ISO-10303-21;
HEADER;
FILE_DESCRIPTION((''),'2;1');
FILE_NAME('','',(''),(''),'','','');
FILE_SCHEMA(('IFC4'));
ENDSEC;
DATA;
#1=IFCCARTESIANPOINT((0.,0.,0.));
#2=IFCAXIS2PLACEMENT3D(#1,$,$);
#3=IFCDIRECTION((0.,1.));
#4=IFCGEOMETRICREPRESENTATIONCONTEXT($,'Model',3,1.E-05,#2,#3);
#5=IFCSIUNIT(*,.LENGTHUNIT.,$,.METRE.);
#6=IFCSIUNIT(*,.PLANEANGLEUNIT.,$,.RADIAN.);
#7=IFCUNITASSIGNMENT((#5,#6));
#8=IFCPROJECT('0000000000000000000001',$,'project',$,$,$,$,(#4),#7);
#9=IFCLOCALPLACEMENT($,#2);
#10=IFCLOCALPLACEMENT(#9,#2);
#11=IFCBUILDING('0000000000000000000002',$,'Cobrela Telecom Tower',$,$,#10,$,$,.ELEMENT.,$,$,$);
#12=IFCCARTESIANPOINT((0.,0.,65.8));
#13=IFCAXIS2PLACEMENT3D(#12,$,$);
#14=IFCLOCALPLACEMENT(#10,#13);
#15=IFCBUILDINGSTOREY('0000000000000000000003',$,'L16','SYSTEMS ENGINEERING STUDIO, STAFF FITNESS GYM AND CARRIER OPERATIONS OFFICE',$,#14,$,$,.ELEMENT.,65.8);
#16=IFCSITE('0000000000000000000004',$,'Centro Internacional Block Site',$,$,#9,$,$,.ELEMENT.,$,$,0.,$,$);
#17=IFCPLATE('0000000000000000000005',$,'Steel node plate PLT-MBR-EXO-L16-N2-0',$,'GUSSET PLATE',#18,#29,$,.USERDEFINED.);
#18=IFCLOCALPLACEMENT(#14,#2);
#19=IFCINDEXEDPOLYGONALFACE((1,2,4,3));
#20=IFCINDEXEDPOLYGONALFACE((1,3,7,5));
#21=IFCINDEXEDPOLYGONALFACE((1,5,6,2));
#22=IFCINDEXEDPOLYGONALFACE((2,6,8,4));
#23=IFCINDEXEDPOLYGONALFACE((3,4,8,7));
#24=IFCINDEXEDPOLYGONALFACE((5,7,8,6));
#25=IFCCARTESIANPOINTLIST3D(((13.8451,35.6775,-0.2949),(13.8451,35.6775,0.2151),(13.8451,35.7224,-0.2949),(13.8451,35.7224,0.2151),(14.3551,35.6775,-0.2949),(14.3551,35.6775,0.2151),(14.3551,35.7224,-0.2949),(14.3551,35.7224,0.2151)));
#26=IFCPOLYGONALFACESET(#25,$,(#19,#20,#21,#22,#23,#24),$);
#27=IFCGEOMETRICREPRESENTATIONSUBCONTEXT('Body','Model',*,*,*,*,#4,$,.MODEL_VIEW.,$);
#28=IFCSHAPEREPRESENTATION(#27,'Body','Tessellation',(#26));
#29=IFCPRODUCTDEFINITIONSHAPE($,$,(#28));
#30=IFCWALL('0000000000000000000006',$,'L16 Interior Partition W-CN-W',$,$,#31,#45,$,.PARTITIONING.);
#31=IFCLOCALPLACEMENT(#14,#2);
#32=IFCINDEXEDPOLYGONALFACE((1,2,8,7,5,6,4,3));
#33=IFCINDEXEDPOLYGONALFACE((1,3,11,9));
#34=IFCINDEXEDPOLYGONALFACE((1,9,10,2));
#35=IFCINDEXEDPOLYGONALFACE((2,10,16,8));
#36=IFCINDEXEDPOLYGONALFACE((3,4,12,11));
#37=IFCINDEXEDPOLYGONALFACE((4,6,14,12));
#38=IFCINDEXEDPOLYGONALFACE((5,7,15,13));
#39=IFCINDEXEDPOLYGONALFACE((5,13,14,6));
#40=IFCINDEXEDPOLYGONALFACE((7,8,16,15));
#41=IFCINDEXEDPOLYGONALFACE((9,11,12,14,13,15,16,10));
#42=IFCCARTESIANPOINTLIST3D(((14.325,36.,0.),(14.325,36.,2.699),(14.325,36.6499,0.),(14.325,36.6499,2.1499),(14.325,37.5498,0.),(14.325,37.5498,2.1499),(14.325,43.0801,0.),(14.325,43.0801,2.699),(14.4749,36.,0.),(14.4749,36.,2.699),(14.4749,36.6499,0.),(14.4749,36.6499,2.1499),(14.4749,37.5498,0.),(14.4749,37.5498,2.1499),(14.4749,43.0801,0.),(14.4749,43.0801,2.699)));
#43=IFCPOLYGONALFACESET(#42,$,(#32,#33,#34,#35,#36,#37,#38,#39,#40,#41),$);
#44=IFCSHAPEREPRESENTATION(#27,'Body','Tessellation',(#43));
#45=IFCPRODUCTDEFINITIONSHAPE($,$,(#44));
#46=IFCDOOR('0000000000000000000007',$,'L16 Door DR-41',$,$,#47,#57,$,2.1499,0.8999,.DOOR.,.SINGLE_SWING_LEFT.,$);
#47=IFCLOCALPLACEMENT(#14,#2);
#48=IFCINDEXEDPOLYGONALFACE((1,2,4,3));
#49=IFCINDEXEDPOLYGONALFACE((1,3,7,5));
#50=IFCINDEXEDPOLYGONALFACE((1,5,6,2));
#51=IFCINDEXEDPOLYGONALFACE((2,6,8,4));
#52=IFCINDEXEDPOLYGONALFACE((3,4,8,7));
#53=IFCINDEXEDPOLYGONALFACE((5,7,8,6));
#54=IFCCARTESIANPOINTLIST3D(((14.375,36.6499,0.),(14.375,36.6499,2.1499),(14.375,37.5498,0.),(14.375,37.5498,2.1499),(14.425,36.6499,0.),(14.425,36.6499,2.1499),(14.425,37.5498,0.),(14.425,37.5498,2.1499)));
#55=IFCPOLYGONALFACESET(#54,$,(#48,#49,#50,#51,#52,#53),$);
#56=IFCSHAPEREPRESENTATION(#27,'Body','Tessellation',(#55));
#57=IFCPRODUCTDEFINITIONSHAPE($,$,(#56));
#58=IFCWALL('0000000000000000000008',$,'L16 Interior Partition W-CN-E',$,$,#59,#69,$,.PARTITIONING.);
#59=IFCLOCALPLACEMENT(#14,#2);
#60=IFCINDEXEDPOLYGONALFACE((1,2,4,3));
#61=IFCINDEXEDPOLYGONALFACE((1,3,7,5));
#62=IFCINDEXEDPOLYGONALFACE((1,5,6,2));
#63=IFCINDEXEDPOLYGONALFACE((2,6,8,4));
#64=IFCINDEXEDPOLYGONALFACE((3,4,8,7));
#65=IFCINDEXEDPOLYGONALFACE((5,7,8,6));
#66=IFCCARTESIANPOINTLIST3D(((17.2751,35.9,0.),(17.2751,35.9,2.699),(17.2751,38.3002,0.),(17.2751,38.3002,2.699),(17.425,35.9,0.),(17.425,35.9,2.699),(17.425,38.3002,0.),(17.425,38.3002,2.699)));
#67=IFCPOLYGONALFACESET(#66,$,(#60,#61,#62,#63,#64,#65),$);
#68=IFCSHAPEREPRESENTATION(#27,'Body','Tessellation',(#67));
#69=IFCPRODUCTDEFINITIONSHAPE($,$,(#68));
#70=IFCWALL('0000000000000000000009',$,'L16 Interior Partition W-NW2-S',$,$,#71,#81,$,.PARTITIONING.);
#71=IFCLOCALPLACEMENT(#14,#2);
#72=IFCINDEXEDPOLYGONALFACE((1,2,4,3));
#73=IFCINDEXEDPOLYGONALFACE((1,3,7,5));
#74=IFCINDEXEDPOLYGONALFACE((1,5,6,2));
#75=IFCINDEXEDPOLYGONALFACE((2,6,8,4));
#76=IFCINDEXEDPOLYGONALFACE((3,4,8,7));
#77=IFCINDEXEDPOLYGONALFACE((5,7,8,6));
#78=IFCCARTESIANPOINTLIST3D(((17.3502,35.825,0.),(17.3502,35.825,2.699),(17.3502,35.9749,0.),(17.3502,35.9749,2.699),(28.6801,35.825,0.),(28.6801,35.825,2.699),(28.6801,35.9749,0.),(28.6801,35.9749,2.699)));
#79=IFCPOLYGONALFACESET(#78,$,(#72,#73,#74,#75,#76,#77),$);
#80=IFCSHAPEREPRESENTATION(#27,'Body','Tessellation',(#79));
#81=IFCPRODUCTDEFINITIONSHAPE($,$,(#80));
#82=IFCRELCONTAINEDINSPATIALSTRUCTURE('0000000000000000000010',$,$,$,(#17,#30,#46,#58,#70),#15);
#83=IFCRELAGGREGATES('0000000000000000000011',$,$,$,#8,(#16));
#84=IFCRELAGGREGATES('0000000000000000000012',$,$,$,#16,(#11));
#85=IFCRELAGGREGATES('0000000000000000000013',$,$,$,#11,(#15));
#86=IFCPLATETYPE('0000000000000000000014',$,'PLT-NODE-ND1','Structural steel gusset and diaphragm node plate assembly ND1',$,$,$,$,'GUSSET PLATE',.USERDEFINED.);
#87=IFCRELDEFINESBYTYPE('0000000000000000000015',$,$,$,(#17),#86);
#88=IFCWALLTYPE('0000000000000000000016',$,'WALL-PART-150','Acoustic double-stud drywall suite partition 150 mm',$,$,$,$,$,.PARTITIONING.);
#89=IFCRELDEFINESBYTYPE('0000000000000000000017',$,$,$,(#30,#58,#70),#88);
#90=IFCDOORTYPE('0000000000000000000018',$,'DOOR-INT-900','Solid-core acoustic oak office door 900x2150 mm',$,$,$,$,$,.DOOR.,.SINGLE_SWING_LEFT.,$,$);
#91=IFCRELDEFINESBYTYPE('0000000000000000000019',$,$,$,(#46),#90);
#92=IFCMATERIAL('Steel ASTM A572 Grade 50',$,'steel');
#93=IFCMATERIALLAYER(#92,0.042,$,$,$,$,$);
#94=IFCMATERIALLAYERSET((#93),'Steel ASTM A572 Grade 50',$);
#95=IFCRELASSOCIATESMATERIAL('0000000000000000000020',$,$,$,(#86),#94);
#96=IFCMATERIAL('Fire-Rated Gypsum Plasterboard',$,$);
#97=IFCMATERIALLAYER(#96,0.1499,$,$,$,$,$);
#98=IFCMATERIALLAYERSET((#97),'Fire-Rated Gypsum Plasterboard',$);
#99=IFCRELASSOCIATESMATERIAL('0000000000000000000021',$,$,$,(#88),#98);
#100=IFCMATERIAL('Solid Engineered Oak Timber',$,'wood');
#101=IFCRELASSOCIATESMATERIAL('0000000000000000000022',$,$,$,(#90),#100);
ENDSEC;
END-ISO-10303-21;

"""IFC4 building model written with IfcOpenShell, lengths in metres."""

from ifc_helpers import new_model, si_unit, direction, frame, frame_2d, origin, origin_2d, place, context, subcontext, project, spatial, rectangle, extrude, material, layer, layer_set, type_object, element, fill, save


model = new_model("IFC4")

# Units and contexts
model_context = context("Model", 3, precision=1e-05, world=origin(), true_north=direction((0.0, 1.0)))
body_context = subcontext(model_context, "Body", "Model", "MODEL_VIEW")
ifc_project = project(units=[si_unit("LENGTHUNIT", "METRE"), si_unit("PLANEANGLEUNIT", "RADIAN")], contexts=[model_context])

# Site, building, storey
site_placement = place(None, origin())
site = spatial("IfcSite", under=ifc_project, at=site_placement, Name="Centro Internacional Block Site", CompositionType="ELEMENT", RefElevation=0.0)
building_placement = place(site_placement, origin())
building = spatial("IfcBuilding", under=site, at=building_placement, Name="Cobrela Telecom Tower", CompositionType="ELEMENT")
storey_placement = place(building_placement, frame((0.0, 0.0, 65.8)))
storey = spatial("IfcBuildingStorey", under=building, at=storey_placement, Name="L16", Description="SYSTEMS ENGINEERING STUDIO, STAFF FITNESS GYM AND CARRIER OPERATIONS OFFICE", CompositionType="ELEMENT", Elevation=65.8)

# Shared definitions
ifc_material_1 = material(Name="Steel ASTM A572 Grade 50", Category="steel")

# Plate
ifc_layer_1 = layer(ifc_material_1, 0.042)
ifc_layer_set_1 = layer_set([ifc_layer_1], Name="Steel ASTM A572 Grade 50")
plate_type_1 = type_object("IfcPlateType", Name="PLT-NODE-ND1", Description="Structural steel gusset and diaphragm node plate assembly ND1", ElementType="GUSSET PLATE", PredefinedType="USERDEFINED", material=ifc_layer_set_1)
plate_1_placement = place(storey_placement, frame((14.1001, 35.7, -0.2949), z_axis=(0.0, 0.0, 1.0), x_axis=(-1.0, 0.0, 0.0)))
element("IfcPlate", 1, at=plate_1_placement, inside=storey, type_object=plate_type_1, Name="Steel node plate PLT-MBR-EXO-L16-N2-0", ObjectType="GUSSET PLATE", PredefinedType="USERDEFINED", context=body_context, shape_type="SweptSolid", body=[
    extrude(rectangle(XDim=0.51, YDim=0.0449, at=origin_2d()), origin(), (0.0, 0.0, 1.0), 0.51),
])

# Wall, opening, door
ifc_material_2 = material(Name="Fire-Rated Gypsum Plasterboard")
ifc_layer_2 = layer(ifc_material_2, 0.1499)
ifc_layer_set_2 = layer_set([ifc_layer_2], Name="Fire-Rated Gypsum Plasterboard")
wall_type = type_object("IfcWallType", Name="WALL-PART-150", Description="Acoustic double-stud drywall suite partition 150 mm", PredefinedType="PARTITIONING", material=ifc_layer_set_2)
wall_1_placement = place(storey_placement, frame((14.3999, 36.0, 0.0), z_axis=(0.0, 0.0, 1.0), x_axis=(0.0, 1.0, 0.0)))
wall_1 = element("IfcWall", 2, at=wall_1_placement, inside=storey, type_object=wall_type, Name="L16 Interior Partition W-CN-W", PredefinedType="PARTITIONING", context=body_context, shape_type="SweptSolid", body=[
    extrude(rectangle(XDim=7.0801, YDim=0.1499, at=frame_2d((3.54, 0.0))), origin(), (0.0, 0.0, 1.0), 2.699),
])
opening_1_placement = place(wall_1_placement, frame((0.6499, 0.0, 0.0)))
opening_1 = element("IfcOpeningElement", 3, at=opening_1_placement, cuts=wall_1, PredefinedType="OPENING", context=body_context, shape_type="SweptSolid", body=[
    extrude(rectangle(XDim=0.8999, YDim=2.1499, at=frame_2d((0.45, 1.075))), frame((0.0, 0.0869, 0.0), z_axis=(0.0, -1.0, 0.0), x_axis=(1.0, 0.0, 0.0)), (0.0, 0.0, 1.0), 0.1738),
])
ifc_material_3 = material(Name="Solid Engineered Oak Timber", Category="wood")
door_type_1 = type_object("IfcDoorType", Name="DOOR-INT-900", Description="Solid-core acoustic oak office door 900x2150 mm", OperationType="SINGLE_SWING_LEFT", PredefinedType="DOOR", material=ifc_material_3)
door_1_placement = place(opening_1_placement, origin())
door_1 = element("IfcDoor", 4, at=door_1_placement, inside=storey, type_object=door_type_1, Name="L16 Door DR-41", OperationType="SINGLE_SWING_LEFT", OverallHeight=2.1499, OverallWidth=0.8999, PredefinedType="DOOR", context=body_context, shape_type="SweptSolid", body=[
    extrude(rectangle(XDim=0.8999, YDim=2.1499, at=frame_2d((0.45, 1.075))), frame((0.0, 0.0249, 0.0), z_axis=(0.0, -1.0, 0.0), x_axis=(1.0, 0.0, 0.0)), (0.0, 0.0, 1.0), 0.05),
])
fill(opening_1, door_1)

# Wall
wall_2_placement = place(storey_placement, frame((17.3501, 35.8999, 0.0), z_axis=(0.0, 0.0, 1.0), x_axis=(0.0, 1.0, 0.0)))
element("IfcWall", 5, at=wall_2_placement, inside=storey, type_object=wall_type, Name="L16 Interior Partition W-CN-E", PredefinedType="PARTITIONING", context=body_context, shape_type="SweptSolid", body=[
    extrude(rectangle(XDim=2.4001, YDim=0.1499, at=frame_2d((1.2002, 0.0))), origin(), (0.0, 0.0, 1.0), 2.699),
])

# Wall
wall_3_placement = place(storey_placement, frame((17.3501, 35.8999, 0.0), z_axis=(0.0, 0.0, 1.0), x_axis=(1.0, 0.0, 0.0)))
element("IfcWall", 6, at=wall_3_placement, inside=storey, type_object=wall_type, Name="L16 Interior Partition W-NW2-S", PredefinedType="PARTITIONING", context=body_context, shape_type="SweptSolid", body=[
    extrude(rectangle(XDim=11.3298, YDim=0.1499, at=frame_2d((5.665, 0.0))), origin(), (0.0, 0.0, 1.0), 2.699),
])

save(model, "model.ifc")
